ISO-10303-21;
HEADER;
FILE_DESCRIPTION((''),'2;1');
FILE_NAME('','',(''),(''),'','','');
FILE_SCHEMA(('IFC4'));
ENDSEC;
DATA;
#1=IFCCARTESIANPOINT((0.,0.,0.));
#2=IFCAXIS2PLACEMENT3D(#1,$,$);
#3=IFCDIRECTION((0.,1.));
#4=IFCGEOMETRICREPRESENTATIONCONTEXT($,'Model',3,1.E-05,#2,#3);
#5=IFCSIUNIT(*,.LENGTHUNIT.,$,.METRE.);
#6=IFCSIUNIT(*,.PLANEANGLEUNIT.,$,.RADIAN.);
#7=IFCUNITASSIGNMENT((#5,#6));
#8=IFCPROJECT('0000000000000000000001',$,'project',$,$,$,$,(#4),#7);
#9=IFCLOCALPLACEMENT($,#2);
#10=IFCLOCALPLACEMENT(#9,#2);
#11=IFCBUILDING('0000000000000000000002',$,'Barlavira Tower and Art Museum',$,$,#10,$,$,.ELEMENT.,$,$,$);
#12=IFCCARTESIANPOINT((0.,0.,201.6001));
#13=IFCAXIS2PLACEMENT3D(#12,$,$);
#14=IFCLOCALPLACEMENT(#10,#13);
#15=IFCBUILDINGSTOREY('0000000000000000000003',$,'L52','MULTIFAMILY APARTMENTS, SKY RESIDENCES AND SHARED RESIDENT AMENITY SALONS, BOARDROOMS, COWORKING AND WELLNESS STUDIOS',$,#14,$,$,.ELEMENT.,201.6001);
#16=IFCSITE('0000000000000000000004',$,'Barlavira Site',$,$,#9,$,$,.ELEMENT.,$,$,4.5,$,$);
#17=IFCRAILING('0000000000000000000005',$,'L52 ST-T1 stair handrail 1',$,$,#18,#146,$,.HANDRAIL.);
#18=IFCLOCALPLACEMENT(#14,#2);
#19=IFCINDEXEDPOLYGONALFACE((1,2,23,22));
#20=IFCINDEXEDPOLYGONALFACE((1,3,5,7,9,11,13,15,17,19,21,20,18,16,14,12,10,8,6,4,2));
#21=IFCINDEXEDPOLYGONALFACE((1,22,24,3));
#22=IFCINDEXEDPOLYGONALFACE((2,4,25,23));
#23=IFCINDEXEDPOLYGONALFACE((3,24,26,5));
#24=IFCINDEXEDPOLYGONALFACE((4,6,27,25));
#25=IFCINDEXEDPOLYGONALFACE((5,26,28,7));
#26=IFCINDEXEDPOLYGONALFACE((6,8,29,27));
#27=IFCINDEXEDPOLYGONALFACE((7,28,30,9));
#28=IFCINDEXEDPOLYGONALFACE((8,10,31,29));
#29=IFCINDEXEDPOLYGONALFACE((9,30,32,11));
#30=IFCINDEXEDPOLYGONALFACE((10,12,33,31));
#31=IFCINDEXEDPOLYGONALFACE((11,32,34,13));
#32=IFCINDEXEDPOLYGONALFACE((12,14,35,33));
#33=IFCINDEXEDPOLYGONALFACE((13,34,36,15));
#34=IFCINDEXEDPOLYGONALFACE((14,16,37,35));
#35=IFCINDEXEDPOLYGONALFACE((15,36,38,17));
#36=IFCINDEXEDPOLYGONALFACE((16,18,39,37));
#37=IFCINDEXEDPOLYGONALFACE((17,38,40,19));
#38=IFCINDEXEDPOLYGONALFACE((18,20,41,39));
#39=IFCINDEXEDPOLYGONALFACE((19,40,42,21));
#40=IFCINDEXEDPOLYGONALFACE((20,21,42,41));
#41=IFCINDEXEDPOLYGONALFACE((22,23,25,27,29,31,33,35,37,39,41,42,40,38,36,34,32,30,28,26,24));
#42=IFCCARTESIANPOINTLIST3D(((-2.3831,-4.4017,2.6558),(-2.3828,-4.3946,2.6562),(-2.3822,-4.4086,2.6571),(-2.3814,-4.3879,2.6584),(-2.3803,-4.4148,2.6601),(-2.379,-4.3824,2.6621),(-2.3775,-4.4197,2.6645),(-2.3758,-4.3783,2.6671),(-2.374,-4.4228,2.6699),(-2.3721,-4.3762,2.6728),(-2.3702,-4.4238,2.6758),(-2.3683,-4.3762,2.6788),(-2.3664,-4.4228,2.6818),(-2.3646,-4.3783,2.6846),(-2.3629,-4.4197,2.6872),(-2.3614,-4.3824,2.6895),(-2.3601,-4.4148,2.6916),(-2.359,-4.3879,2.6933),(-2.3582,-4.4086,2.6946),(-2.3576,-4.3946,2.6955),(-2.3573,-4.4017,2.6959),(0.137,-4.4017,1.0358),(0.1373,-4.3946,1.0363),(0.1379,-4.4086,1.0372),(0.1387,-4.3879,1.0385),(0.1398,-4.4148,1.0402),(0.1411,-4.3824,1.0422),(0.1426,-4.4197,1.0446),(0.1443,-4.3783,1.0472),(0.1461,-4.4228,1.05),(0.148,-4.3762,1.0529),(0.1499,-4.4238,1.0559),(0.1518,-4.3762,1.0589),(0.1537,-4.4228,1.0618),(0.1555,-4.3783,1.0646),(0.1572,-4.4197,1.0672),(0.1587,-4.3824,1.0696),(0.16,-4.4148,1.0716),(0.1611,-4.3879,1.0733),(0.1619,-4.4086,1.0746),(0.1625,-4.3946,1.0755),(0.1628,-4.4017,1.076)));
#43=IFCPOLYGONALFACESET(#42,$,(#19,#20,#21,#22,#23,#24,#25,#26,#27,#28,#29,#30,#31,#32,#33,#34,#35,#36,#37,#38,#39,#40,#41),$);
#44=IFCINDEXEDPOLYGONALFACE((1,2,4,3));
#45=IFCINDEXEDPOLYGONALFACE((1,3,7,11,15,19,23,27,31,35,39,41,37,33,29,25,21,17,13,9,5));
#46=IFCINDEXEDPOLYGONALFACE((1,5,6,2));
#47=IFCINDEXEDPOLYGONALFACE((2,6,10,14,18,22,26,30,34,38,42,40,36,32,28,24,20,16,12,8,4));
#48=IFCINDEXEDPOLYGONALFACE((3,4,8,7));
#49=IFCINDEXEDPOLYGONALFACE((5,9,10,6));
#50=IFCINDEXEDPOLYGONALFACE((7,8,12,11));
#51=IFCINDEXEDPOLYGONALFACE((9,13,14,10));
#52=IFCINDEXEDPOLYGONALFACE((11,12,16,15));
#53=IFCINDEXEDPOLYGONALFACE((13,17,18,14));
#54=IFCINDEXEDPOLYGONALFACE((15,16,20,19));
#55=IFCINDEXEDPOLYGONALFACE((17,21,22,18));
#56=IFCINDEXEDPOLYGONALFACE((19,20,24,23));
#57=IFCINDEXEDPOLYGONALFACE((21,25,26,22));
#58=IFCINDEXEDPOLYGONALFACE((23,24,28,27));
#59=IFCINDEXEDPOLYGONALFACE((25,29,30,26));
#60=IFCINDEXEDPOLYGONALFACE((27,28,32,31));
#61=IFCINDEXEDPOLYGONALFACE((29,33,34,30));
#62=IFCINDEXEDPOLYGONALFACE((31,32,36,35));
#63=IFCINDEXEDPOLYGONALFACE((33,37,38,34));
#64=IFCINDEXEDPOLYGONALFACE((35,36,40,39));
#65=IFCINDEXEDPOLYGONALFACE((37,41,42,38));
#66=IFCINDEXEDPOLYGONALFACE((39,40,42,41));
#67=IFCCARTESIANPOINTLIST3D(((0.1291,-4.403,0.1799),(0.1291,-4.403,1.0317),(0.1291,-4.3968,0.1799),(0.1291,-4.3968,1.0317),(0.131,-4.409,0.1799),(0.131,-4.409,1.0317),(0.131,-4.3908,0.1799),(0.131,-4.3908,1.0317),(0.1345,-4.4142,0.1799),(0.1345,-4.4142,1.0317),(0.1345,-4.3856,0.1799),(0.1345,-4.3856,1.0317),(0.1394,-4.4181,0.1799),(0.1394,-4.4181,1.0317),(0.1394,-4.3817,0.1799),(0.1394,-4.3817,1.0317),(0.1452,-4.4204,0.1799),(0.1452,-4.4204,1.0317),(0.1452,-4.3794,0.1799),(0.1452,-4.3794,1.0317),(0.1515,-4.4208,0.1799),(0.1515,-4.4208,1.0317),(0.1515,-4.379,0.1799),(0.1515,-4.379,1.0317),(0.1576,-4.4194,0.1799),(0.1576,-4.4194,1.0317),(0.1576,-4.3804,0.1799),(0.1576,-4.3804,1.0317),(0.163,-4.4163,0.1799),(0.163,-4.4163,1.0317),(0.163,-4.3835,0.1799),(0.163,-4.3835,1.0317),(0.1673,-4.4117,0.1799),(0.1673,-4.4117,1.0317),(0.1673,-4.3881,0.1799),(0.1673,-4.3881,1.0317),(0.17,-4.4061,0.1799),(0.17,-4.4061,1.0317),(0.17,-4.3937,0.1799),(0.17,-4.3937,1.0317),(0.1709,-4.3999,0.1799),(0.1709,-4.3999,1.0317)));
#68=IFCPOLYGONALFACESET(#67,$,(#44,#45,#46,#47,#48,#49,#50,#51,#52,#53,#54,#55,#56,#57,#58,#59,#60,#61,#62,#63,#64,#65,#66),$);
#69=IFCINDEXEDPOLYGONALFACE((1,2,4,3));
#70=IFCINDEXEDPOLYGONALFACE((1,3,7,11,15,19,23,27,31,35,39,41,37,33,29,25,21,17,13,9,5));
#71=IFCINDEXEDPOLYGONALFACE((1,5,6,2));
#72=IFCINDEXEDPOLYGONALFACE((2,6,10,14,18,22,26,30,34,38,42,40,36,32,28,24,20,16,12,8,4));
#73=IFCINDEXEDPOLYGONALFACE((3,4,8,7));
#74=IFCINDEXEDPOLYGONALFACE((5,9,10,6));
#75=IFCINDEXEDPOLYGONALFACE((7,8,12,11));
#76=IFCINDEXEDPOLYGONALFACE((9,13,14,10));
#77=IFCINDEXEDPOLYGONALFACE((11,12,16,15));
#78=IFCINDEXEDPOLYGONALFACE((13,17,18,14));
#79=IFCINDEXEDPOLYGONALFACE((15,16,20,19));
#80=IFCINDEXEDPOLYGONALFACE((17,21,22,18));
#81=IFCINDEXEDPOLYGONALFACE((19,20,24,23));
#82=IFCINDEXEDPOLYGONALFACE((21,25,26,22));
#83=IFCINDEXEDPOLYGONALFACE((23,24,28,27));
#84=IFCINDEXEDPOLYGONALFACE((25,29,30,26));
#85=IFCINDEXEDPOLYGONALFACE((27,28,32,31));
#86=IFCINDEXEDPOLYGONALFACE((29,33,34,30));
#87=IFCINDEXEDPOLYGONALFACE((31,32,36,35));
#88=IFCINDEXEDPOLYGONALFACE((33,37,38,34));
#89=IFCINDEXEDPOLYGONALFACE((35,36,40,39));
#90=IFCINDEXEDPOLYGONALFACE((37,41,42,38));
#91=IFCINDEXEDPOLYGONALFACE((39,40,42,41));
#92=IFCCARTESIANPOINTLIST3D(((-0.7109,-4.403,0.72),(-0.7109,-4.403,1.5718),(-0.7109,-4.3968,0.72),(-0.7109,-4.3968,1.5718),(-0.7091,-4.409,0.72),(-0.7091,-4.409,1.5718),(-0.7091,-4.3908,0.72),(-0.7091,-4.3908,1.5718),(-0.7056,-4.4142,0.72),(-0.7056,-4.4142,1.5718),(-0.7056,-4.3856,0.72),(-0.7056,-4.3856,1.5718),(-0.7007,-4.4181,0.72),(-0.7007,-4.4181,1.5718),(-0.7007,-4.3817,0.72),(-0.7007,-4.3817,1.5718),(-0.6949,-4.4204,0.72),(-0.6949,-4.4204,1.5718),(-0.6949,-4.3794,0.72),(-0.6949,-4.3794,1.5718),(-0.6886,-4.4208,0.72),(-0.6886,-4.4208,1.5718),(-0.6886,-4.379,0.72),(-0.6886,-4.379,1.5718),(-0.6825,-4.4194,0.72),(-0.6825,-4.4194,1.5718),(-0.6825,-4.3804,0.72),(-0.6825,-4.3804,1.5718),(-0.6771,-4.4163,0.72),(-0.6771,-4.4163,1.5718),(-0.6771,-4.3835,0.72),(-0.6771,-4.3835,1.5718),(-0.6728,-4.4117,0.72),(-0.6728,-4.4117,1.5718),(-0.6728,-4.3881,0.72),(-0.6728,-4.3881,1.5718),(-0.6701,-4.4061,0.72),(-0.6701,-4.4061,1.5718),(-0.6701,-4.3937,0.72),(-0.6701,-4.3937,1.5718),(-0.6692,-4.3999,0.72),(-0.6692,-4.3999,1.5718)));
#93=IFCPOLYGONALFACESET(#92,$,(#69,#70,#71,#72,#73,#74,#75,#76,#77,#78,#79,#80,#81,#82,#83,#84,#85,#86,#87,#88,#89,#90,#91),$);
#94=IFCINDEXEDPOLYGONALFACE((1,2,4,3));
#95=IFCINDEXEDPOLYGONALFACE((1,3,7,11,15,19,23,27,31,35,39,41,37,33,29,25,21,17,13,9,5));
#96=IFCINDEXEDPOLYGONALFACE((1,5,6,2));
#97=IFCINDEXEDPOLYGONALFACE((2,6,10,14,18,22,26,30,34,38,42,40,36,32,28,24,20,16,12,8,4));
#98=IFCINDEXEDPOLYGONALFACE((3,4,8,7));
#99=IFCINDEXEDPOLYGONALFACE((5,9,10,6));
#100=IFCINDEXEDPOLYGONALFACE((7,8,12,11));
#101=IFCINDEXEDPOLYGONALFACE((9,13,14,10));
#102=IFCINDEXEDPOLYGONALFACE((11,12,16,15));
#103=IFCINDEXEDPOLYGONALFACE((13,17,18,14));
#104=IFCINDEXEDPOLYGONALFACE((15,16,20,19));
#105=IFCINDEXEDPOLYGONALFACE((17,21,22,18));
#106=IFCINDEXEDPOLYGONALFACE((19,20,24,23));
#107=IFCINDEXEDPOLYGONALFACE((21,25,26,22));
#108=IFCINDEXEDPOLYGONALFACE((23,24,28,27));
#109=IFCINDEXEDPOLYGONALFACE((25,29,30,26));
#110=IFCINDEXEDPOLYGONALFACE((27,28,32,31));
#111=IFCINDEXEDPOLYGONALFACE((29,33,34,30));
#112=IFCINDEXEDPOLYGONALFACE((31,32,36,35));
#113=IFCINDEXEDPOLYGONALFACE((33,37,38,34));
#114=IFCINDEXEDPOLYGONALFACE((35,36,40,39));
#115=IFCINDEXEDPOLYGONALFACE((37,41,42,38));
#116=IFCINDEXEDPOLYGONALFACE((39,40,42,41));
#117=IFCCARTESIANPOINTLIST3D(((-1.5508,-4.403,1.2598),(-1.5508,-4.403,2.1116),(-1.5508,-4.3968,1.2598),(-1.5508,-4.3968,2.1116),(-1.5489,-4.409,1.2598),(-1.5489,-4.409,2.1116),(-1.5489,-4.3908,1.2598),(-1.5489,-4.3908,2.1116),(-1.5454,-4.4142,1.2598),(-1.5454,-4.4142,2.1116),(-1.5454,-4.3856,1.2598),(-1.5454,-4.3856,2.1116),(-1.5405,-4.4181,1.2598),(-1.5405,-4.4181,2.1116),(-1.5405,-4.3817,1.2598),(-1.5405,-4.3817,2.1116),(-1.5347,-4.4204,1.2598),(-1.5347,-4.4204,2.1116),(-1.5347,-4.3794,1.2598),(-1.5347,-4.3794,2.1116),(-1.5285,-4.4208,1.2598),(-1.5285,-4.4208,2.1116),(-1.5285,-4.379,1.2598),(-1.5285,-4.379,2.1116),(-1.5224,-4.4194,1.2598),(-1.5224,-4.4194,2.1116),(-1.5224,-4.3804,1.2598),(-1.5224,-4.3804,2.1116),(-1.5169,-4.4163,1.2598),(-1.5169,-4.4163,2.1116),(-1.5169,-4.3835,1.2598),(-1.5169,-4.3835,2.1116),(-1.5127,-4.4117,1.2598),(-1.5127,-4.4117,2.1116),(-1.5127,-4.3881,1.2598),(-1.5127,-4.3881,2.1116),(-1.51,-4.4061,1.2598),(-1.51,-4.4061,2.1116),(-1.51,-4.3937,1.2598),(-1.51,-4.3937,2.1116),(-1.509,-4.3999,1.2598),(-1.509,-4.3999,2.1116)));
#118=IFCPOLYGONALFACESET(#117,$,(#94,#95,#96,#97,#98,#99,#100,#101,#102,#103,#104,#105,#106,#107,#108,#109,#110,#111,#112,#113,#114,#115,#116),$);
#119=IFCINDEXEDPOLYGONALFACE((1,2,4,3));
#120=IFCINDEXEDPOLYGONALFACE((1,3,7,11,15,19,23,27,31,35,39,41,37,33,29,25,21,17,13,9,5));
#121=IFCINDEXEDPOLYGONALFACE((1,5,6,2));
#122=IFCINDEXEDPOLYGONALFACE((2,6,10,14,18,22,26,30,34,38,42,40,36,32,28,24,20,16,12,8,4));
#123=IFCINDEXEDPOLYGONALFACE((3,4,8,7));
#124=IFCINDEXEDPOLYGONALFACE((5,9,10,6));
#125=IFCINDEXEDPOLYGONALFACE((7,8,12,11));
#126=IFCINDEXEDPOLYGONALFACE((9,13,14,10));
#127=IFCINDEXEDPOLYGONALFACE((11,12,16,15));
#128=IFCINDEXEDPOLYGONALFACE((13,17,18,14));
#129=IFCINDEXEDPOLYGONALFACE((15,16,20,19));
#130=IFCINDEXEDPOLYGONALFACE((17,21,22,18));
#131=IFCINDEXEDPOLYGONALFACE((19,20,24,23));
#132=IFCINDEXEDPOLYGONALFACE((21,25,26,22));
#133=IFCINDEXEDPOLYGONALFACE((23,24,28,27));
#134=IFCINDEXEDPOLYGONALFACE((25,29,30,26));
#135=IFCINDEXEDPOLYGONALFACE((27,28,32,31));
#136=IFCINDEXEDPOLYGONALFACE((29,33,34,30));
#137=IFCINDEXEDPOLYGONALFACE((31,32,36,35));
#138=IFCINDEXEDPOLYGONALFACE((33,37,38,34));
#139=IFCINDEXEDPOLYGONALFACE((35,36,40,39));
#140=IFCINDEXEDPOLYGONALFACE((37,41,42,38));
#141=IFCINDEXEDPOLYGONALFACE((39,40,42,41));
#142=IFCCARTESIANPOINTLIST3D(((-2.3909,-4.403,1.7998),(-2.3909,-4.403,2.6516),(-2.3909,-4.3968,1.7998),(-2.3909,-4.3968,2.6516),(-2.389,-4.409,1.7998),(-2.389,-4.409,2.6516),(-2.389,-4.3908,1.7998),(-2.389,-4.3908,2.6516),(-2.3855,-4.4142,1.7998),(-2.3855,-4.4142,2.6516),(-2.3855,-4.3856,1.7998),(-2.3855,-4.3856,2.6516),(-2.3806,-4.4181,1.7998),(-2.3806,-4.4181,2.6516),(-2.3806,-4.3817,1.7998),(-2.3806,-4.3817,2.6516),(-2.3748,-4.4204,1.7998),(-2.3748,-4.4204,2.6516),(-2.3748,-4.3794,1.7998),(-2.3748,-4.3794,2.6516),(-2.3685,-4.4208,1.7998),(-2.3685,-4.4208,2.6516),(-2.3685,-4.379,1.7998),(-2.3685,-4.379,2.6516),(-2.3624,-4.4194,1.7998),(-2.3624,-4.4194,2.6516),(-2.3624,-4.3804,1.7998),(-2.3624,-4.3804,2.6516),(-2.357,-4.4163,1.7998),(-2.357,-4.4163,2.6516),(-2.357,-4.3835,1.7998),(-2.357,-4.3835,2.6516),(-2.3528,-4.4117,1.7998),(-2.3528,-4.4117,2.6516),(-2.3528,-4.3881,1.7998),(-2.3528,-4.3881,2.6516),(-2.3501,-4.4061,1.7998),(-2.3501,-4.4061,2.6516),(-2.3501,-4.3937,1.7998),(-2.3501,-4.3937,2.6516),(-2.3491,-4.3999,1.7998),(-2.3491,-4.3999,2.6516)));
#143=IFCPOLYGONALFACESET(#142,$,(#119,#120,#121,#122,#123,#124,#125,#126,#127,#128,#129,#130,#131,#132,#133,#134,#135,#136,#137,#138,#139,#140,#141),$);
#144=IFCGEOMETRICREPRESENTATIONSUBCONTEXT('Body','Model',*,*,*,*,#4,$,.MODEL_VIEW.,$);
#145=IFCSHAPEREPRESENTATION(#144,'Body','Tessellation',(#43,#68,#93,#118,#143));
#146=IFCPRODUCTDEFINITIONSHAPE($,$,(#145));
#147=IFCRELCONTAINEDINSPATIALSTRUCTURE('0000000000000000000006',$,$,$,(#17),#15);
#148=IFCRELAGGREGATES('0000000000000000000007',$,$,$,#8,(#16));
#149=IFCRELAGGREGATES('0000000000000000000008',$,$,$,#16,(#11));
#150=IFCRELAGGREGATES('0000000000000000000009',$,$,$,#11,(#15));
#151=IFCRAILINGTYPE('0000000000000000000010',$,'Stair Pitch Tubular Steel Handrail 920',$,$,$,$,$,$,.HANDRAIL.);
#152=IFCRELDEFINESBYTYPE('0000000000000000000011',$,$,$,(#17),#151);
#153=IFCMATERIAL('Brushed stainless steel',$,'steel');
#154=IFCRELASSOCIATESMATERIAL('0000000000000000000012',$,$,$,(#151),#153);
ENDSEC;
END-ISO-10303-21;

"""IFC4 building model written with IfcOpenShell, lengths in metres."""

from ifc_helpers import new_model, si_unit, direction, frame, origin, origin_2d, place, context, subcontext, project, spatial, circle, extrude, material, type_object, element, save


model = new_model("IFC4")

# Units and contexts
model_context = context("Model", 3, precision=1e-05, world=origin(), true_north=direction((0.0, 1.0)))
body_context = subcontext(model_context, "Body", "Model", "MODEL_VIEW")
ifc_project = project(units=[si_unit("LENGTHUNIT", "METRE"), si_unit("PLANEANGLEUNIT", "RADIAN")], contexts=[model_context])

# Site, building, storey
site_placement = place(None, origin())
site = spatial("IfcSite", under=ifc_project, at=site_placement, Name="Barlavira Site", CompositionType="ELEMENT", RefElevation=4.5)
building_placement = place(site_placement, origin())
building = spatial("IfcBuilding", under=site, at=building_placement, Name="Barlavira Tower and Art Museum", CompositionType="ELEMENT")
storey_placement = place(building_placement, frame((0.0, 0.0, 201.6001)))
storey = spatial("IfcBuildingStorey", under=building, at=storey_placement, Name="L52", Description="MULTIFAMILY APARTMENTS, SKY RESIDENCES AND SHARED RESIDENT AMENITY SALONS, BOARDROOMS, COWORKING AND WELLNESS STUDIOS", CompositionType="ELEMENT", Elevation=201.6001)

# Shared definitions
ifc_material_1 = material(Name="Brushed stainless steel", Category="steel")

# Railing
railing_type_1 = type_object("IfcRailingType", Name="Stair Pitch Tubular Steel Handrail 920", PredefinedType="HANDRAIL", material=ifc_material_1)
railing_1_placement = place(storey_placement, frame((0.1499, -4.3999, 0.1799)))
element("IfcRailing", 1, at=railing_1_placement, inside=storey, type_object=railing_type_1, Name="L52 ST-T1 stair handrail 1", PredefinedType="HANDRAIL", context=body_context, shape_type="SweptSolid", body=[
    extrude(circle(Radius=0.0239, at=origin_2d()), frame((0.0, 0.0, 0.876), z_axis=(-0.8412, 0.0, 0.540725), x_axis=(0.0, -1.0, 0.0)), (0.0, 0.0, 1.0), 2.9958),
    extrude(circle(Radius=0.021, at=origin_2d()), origin(), (0.0, 0.0, 1.0), 0.8518),
    extrude(circle(Radius=0.021, at=origin_2d()), frame((-0.8401, 0.0, 0.54)), (0.0, 0.0, 1.0), 0.8518),
    extrude(circle(Radius=0.021, at=origin_2d()), frame((-1.6799, 0.0, 1.0798)), (0.0, 0.0, 1.0), 0.8518),
    extrude(circle(Radius=0.021, at=origin_2d()), frame((-2.52, 0.0, 1.6199)), (0.0, 0.0, 1.0), 0.8518),
])

save(model, "model.ifc")
